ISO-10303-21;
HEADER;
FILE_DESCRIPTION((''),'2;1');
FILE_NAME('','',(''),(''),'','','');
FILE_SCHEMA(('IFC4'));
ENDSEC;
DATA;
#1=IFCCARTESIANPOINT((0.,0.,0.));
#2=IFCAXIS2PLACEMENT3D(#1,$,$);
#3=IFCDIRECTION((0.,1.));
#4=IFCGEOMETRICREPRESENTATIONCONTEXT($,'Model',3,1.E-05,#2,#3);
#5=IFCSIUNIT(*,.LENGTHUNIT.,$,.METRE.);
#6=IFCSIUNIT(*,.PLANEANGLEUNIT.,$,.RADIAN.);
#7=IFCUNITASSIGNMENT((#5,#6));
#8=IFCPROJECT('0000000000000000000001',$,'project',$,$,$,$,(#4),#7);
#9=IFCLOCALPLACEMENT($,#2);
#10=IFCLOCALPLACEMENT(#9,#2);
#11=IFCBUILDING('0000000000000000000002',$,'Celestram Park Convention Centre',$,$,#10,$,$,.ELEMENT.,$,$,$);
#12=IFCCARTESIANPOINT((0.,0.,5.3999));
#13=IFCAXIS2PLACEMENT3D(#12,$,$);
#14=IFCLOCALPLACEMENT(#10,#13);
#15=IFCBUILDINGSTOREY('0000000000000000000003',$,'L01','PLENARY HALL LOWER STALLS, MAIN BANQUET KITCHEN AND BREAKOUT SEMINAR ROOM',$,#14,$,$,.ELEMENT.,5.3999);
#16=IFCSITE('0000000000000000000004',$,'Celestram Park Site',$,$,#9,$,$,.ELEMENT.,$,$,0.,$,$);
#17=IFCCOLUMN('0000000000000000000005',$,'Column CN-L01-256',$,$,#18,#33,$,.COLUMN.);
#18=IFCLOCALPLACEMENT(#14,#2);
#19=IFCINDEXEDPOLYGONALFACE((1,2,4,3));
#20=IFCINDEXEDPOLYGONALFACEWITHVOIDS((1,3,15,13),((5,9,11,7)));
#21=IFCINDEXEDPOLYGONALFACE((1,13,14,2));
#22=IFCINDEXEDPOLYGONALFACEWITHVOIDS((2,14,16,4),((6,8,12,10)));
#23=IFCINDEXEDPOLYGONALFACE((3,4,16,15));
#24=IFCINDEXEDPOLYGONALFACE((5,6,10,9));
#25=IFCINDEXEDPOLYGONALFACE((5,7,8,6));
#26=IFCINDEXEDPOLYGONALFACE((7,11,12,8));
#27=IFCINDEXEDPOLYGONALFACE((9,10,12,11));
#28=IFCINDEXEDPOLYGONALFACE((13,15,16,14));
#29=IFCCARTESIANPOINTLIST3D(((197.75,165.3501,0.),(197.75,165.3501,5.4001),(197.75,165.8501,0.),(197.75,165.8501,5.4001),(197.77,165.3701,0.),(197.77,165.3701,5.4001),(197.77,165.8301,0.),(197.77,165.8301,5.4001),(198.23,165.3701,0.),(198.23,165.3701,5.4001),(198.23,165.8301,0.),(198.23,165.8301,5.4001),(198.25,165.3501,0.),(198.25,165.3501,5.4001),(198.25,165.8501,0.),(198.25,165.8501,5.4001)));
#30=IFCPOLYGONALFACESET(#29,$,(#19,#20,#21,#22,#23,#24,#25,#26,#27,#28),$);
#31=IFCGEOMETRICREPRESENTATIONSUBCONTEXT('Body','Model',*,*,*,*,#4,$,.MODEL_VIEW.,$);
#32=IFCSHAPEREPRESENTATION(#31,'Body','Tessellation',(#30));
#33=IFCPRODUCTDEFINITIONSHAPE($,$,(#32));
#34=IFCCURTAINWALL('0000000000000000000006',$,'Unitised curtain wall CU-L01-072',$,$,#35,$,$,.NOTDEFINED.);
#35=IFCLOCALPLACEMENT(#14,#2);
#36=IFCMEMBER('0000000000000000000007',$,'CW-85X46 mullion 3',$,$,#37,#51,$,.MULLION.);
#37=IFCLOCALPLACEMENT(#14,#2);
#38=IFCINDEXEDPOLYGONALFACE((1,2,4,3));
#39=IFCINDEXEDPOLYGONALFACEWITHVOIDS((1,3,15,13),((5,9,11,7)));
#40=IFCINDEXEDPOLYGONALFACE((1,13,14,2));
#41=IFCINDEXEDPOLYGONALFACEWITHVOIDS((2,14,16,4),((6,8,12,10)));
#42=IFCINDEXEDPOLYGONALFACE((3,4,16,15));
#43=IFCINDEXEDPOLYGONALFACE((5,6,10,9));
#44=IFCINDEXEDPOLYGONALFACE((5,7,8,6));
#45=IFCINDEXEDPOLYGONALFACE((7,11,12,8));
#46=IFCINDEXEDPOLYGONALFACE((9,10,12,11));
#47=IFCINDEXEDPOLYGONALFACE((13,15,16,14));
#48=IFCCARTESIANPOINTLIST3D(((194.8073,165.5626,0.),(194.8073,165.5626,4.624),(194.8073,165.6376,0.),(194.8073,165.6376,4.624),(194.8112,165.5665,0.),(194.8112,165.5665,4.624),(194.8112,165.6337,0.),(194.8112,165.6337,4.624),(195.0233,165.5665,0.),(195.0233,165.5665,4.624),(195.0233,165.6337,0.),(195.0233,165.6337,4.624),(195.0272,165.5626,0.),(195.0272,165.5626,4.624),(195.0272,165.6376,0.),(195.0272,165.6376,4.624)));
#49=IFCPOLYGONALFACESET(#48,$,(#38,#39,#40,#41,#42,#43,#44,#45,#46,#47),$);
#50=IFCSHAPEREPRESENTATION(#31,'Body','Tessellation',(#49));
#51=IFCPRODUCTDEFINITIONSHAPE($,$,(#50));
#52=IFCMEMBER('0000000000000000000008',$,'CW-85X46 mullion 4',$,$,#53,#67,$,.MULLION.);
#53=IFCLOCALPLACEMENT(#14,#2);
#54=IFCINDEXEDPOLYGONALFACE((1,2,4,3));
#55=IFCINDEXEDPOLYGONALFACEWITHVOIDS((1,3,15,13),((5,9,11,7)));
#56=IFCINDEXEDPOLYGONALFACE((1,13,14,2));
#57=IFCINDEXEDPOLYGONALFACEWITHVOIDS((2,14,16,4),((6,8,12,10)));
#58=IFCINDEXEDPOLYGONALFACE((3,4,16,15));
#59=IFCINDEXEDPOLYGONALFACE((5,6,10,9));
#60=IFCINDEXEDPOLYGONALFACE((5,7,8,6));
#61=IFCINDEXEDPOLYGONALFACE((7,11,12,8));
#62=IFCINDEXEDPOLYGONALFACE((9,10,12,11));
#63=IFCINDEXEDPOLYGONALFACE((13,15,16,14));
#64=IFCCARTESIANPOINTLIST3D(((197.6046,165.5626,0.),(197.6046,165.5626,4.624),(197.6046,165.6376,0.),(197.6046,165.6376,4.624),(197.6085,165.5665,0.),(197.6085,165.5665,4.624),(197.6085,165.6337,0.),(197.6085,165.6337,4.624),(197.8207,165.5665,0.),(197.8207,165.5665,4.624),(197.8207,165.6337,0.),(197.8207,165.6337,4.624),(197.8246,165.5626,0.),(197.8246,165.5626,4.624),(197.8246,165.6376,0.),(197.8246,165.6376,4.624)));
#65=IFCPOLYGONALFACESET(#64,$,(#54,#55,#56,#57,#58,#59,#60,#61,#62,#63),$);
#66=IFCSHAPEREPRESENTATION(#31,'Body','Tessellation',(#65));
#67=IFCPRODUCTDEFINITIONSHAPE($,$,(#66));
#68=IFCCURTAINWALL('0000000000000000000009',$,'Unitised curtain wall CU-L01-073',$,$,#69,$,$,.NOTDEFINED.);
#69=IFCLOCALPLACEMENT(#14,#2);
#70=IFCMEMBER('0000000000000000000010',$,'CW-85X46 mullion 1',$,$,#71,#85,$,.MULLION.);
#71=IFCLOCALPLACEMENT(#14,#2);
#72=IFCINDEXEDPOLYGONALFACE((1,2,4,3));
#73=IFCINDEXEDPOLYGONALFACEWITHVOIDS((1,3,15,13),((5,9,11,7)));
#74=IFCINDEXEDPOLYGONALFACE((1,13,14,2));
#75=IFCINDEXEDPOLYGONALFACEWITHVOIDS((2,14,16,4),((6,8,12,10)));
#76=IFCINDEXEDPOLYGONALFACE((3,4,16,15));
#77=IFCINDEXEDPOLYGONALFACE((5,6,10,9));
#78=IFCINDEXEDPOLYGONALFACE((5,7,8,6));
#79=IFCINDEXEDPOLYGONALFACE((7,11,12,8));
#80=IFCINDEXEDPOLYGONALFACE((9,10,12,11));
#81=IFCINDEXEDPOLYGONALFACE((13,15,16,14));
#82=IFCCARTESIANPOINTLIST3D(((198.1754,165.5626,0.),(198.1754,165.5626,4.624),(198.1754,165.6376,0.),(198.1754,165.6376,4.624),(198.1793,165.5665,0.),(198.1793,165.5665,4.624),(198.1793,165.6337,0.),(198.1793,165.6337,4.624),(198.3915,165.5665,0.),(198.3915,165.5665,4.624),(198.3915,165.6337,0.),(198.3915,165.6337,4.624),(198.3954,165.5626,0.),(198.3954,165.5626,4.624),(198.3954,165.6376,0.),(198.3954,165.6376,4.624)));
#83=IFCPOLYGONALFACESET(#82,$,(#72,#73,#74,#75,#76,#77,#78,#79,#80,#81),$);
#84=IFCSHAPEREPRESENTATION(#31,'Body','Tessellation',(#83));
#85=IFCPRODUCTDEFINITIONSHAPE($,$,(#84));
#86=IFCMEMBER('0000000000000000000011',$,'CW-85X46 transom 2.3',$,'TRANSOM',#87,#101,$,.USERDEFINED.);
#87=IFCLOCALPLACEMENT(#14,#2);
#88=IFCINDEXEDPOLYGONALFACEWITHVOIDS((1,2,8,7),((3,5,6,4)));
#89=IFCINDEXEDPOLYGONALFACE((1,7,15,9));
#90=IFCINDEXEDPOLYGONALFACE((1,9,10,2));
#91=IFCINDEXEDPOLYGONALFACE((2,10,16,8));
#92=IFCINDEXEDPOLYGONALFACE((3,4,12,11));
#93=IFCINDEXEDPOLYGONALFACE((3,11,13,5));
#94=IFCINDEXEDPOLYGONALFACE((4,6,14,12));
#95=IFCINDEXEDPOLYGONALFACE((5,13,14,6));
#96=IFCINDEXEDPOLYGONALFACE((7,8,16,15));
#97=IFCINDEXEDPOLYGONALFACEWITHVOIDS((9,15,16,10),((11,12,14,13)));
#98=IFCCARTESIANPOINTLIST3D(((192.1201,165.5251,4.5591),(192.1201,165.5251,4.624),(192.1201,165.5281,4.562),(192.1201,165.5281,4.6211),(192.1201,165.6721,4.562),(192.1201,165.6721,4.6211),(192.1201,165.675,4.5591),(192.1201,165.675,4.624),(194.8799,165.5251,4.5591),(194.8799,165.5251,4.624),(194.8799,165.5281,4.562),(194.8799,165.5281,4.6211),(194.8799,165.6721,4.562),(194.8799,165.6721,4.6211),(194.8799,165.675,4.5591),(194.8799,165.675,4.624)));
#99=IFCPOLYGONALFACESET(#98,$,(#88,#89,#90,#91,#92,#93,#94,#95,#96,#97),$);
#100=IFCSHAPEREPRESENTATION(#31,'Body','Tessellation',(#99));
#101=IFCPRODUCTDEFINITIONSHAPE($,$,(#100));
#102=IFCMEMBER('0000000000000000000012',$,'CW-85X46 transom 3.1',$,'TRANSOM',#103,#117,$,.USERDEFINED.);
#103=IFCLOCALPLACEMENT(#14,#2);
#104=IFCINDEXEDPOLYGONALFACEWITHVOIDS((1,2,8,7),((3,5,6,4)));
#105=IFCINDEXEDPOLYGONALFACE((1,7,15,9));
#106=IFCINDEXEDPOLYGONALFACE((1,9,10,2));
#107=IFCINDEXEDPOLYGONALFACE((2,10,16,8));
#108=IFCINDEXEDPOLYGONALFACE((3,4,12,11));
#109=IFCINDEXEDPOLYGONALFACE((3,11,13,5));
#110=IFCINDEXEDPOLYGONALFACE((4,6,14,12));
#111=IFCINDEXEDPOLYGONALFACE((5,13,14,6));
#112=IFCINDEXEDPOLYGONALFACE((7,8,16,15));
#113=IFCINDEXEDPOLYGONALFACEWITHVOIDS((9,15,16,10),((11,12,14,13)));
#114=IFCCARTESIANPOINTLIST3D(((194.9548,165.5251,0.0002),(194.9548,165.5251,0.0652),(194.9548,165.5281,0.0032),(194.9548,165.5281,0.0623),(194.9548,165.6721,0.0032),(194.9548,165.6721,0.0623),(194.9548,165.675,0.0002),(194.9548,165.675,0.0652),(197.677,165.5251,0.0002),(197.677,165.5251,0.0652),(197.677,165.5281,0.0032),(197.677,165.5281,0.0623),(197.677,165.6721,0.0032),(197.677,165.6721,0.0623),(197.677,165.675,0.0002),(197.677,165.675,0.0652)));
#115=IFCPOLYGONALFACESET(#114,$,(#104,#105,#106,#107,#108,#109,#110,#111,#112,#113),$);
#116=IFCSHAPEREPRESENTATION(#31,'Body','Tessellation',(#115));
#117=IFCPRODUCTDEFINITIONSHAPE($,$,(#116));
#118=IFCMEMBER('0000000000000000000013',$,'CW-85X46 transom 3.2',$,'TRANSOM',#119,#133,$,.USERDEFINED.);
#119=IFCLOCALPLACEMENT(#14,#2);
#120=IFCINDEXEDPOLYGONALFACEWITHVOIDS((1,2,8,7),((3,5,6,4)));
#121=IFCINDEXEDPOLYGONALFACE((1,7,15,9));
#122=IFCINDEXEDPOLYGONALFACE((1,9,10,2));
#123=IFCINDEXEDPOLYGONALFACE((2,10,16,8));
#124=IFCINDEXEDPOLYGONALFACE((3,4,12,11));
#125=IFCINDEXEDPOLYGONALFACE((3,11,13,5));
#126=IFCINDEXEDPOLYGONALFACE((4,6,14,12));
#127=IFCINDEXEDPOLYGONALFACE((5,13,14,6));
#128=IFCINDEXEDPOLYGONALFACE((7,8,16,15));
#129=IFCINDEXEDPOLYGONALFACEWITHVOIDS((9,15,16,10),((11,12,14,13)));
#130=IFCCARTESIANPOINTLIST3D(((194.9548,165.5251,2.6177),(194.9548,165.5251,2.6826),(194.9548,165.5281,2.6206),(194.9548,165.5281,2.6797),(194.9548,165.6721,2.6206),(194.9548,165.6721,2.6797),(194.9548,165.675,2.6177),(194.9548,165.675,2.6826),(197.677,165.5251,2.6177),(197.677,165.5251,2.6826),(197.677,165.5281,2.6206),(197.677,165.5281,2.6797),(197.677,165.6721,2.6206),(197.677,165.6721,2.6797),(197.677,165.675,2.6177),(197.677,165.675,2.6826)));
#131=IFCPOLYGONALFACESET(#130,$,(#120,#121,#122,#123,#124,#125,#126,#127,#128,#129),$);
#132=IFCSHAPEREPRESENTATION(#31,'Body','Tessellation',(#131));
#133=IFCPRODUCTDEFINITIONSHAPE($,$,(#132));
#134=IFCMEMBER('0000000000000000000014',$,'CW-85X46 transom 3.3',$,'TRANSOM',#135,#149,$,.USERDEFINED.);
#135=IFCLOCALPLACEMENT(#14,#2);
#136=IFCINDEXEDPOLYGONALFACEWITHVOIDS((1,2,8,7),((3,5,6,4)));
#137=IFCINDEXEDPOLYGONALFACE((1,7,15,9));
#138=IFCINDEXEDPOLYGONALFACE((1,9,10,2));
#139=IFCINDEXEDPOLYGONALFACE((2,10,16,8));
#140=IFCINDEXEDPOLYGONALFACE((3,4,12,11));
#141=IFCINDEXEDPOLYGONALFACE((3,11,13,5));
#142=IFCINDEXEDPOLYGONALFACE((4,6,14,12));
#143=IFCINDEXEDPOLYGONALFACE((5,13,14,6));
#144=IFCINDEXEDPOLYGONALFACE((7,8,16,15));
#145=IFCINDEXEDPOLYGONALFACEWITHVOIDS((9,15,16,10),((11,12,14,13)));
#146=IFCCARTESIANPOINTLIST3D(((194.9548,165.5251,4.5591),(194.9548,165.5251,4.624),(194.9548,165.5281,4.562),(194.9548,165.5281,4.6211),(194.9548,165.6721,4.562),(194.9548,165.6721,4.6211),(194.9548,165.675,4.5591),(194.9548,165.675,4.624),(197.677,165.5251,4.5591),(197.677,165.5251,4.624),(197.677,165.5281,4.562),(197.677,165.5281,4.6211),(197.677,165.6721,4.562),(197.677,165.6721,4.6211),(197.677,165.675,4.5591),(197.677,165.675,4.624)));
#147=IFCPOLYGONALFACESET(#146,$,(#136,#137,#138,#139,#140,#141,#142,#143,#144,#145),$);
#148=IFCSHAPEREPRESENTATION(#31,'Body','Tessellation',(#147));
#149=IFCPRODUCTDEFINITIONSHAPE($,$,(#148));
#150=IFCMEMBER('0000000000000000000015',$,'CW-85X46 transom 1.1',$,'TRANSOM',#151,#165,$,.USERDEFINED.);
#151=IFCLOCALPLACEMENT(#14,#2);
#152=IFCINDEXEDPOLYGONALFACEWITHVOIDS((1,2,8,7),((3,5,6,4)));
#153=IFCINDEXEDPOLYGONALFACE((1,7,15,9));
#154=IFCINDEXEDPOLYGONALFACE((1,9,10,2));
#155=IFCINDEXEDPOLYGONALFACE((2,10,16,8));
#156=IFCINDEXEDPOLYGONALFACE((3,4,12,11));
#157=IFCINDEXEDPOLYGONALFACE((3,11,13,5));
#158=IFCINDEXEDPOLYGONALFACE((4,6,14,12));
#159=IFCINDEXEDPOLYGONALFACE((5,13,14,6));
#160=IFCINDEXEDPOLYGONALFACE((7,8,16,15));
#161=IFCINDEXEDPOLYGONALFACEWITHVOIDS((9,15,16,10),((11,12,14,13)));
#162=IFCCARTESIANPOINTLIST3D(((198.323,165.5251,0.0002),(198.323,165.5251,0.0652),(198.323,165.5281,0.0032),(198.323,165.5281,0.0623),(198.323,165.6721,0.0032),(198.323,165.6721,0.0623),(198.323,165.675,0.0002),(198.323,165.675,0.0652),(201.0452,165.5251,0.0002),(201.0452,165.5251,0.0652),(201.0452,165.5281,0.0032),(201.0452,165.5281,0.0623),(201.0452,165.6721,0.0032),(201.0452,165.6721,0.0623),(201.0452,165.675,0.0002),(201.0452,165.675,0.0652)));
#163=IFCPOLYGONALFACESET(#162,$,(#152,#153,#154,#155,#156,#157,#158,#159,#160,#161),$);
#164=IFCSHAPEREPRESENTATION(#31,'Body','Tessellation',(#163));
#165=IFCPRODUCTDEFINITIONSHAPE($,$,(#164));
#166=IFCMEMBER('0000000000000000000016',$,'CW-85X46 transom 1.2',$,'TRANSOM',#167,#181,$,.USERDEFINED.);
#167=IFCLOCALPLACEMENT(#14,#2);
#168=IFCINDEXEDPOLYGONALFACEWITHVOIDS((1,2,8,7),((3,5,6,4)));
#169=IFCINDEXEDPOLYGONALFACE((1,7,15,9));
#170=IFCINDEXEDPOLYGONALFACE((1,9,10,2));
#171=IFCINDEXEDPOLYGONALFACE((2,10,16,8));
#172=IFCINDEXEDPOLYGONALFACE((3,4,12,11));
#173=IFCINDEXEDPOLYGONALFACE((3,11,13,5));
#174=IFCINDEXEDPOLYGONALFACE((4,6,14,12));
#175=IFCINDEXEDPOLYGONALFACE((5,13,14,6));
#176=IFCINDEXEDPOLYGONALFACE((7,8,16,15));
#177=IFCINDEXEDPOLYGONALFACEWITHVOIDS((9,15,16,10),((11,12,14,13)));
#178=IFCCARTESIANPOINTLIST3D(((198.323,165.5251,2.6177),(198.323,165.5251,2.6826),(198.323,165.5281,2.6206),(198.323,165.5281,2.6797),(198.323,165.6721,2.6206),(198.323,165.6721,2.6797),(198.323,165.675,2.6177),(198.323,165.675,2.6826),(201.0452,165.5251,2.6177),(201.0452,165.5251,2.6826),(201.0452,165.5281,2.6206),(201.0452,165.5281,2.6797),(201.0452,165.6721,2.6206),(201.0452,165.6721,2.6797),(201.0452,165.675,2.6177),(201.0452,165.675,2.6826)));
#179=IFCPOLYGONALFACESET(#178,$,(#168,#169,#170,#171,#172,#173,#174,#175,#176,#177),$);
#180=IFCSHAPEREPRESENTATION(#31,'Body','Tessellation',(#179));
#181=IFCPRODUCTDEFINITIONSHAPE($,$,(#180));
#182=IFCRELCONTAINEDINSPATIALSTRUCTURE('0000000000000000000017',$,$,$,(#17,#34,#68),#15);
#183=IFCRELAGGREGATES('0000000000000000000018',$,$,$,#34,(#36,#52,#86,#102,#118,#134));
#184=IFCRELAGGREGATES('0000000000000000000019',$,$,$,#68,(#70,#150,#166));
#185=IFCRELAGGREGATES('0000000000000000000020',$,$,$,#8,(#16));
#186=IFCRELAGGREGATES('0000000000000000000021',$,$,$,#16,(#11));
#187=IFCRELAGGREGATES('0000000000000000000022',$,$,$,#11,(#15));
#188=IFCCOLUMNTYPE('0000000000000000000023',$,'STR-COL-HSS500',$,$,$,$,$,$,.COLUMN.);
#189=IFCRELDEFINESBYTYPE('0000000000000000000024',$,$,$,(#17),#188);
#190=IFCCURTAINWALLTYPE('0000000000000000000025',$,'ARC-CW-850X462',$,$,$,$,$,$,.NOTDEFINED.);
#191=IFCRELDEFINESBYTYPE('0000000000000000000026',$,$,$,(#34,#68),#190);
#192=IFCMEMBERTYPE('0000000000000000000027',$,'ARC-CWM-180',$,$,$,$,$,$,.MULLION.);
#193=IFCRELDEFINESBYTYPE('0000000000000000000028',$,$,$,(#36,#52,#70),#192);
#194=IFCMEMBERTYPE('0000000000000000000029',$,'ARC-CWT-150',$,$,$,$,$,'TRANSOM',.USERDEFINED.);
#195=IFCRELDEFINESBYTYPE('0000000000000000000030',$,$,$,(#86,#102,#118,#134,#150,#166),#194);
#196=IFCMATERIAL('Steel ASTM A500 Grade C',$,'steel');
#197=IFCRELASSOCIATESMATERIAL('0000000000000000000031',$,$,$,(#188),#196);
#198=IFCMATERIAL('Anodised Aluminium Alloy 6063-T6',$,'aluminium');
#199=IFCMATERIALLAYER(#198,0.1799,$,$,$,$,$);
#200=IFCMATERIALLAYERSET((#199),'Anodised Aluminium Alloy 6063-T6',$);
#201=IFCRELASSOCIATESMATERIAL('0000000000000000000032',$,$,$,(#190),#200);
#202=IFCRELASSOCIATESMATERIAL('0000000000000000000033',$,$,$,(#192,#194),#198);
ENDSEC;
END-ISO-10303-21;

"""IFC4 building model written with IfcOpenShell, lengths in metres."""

from ifc_helpers import new_model, si_unit, direction, frame, origin, origin_2d, place, context, subcontext, project, spatial, hollow_rectangle, extrude, material, layer, layer_set, material_profile, profile_set, type_object, element, aggregate, save


model = new_model("IFC4")

# Units and contexts
model_context = context("Model", 3, precision=1e-05, world=origin(), true_north=direction((0.0, 1.0)))
body_context = subcontext(model_context, "Body", "Model", "MODEL_VIEW")
ifc_project = project(units=[si_unit("LENGTHUNIT", "METRE"), si_unit("PLANEANGLEUNIT", "RADIAN")], contexts=[model_context])

# Site, building, storey
site_placement = place(None, origin())
site = spatial("IfcSite", under=ifc_project, at=site_placement, Name="Celestram Park Site", CompositionType="ELEMENT", RefElevation=0.0)
building_placement = place(site_placement, origin())
building = spatial("IfcBuilding", under=site, at=building_placement, Name="Celestram Park Convention Centre", CompositionType="ELEMENT")
storey_placement = place(building_placement, frame((0.0, 0.0, 5.3999)))
storey = spatial("IfcBuildingStorey", under=building, at=storey_placement, Name="L01", Description="PLENARY HALL LOWER STALLS, MAIN BANQUET KITCHEN AND BREAKOUT SEMINAR ROOM", CompositionType="ELEMENT", Elevation=5.3999)

# Column
ifc_material_1 = material(Name="Steel ASTM A500 Grade C", Category="steel")
ifc_material_profile_1 = material_profile(ifc_material_1, hollow_rectangle(XDim=0.5, YDim=0.5, WallThickness=0.02, at=origin_2d()), Name="HSS500X500X20")
ifc_profile_set_1 = profile_set([ifc_material_profile_1], Name="Steel ASTM A500 Grade C")
column_type = type_object("IfcColumnType", Name="STR-COL-HSS500", PredefinedType="COLUMN", material=ifc_profile_set_1)
column_placement = place(storey_placement, frame((198.0, 165.6001, 0.0), z_axis=(0.0, 0.0, 1.0), x_axis=(1.0, 0.0, 0.0)))
element("IfcColumn", 1, at=column_placement, inside=storey, type_object=column_type, Name="Column CN-L01-256", PredefinedType="COLUMN", context=body_context, shape_type="SweptSolid", body=[
    extrude(hollow_rectangle(XDim=0.5, YDim=0.5, WallThickness=0.02, at=origin_2d()), origin(), (0.0, 0.0, 1.0), 5.4001),
])

# Curtain wall, members
ifc_material_2 = material(Name="Anodised Aluminium Alloy 6063-T6", Category="aluminium")
ifc_layer_1 = layer(ifc_material_2, 0.1799)
ifc_layer_set_1 = layer_set([ifc_layer_1], Name="Anodised Aluminium Alloy 6063-T6")
curtain_wall_type = type_object("IfcCurtainWallType", Name="ARC-CW-850X462", PredefinedType="NOTDEFINED", material=ifc_layer_set_1)
curtain_wall_1_placement = place(storey_placement, origin())
curtain_wall_1 = element("IfcCurtainWall", 2, at=curtain_wall_1_placement, inside=storey, type_object=curtain_wall_type, Name="Unitised curtain wall CU-L01-072", PredefinedType="NOTDEFINED")
ifc_material_profile_2 = material_profile(ifc_material_2, hollow_rectangle(XDim=0.075, YDim=0.22, WallThickness=0.0039, at=origin_2d()), Name="ALU75X220X4")
ifc_profile_set_2 = profile_set([ifc_material_profile_2], Name="Anodised Aluminium Alloy 6063-T6")
member_type_1 = type_object("IfcMemberType", Name="ARC-CWM-180", PredefinedType="MULLION", material=ifc_profile_set_2)
member_1_placement = place(storey_placement, frame((194.9172, 165.6001, 0.0), z_axis=(0.0, 0.0, 1.0), x_axis=(0.0, 1.0, 0.0)))
member_1 = element("IfcMember", 3, at=member_1_placement, type_object=member_type_1, Name="CW-85X46 mullion 3", PredefinedType="MULLION", context=body_context, shape_type="SweptSolid", body=[
    extrude(hollow_rectangle(XDim=0.075, YDim=0.22, WallThickness=0.0039, at=origin_2d()), origin(), (0.0, 0.0, 1.0), 4.624),
])
member_2_placement = place(storey_placement, frame((197.7146, 165.6001, 0.0), z_axis=(0.0, 0.0, 1.0), x_axis=(0.0, 1.0, 0.0)))
member_2 = element("IfcMember", 4, at=member_2_placement, type_object=member_type_1, Name="CW-85X46 mullion 4", PredefinedType="MULLION", context=body_context, shape_type="SweptSolid", body=[
    extrude(hollow_rectangle(XDim=0.075, YDim=0.22, WallThickness=0.0039, at=origin_2d()), origin(), (0.0, 0.0, 1.0), 4.624),
])

# Curtain wall, member
curtain_wall_2_placement = place(storey_placement, origin())
curtain_wall_2 = element("IfcCurtainWall", 5, at=curtain_wall_2_placement, inside=storey, type_object=curtain_wall_type, Name="Unitised curtain wall CU-L01-073", PredefinedType="NOTDEFINED")
member_3_placement = place(storey_placement, frame((198.2854, 165.6001, 0.0), z_axis=(0.0, 0.0, 1.0), x_axis=(0.0, 1.0, 0.0)))
member_3 = element("IfcMember", 6, at=member_3_placement, type_object=member_type_1, Name="CW-85X46 mullion 1", PredefinedType="MULLION", context=body_context, shape_type="SweptSolid", body=[
    extrude(hollow_rectangle(XDim=0.075, YDim=0.22, WallThickness=0.0039, at=origin_2d()), origin(), (0.0, 0.0, 1.0), 4.624),
])

# Members
ifc_material_profile_3 = material_profile(ifc_material_2, hollow_rectangle(XDim=0.1499, YDim=0.0649, WallThickness=0.0029, at=origin_2d()), Name="ALU150X65X3")
ifc_profile_set_3 = profile_set([ifc_material_profile_3], Name="Anodised Aluminium Alloy 6063-T6")
member_type_2 = type_object("IfcMemberType", Name="ARC-CWT-150", ElementType="TRANSOM", PredefinedType="USERDEFINED", material=ifc_profile_set_3)
member_4_placement = place(storey_placement, frame((192.1201, 165.6001, 4.5916), z_axis=(1.0, 0.0, 0.0), x_axis=(0.0, 1.0, 0.0)))
member_4 = element("IfcMember", 7, at=member_4_placement, type_object=member_type_2, Name="CW-85X46 transom 2.3", ObjectType="TRANSOM", PredefinedType="USERDEFINED", context=body_context, shape_type="SweptSolid", body=[
    extrude(hollow_rectangle(XDim=0.1499, YDim=0.0649, WallThickness=0.0029, at=origin_2d()), origin(), (0.0, 0.0, 1.0), 2.7598),
])
member_5_placement = place(storey_placement, frame((194.9548, 165.6001, 0.0327), z_axis=(1.0, 0.0, 0.0), x_axis=(0.0, 1.0, 0.0)))
member_5 = element("IfcMember", 8, at=member_5_placement, type_object=member_type_2, Name="CW-85X46 transom 3.1", ObjectType="TRANSOM", PredefinedType="USERDEFINED", context=body_context, shape_type="SweptSolid", body=[
    extrude(hollow_rectangle(XDim=0.1499, YDim=0.0649, WallThickness=0.0029, at=origin_2d()), origin(), (0.0, 0.0, 1.0), 2.7222),
])
member_6_placement = place(storey_placement, frame((194.9548, 165.6001, 2.6501), z_axis=(1.0, 0.0, 0.0), x_axis=(0.0, 1.0, 0.0)))
member_6 = element("IfcMember", 9, at=member_6_placement, type_object=member_type_2, Name="CW-85X46 transom 3.2", ObjectType="TRANSOM", PredefinedType="USERDEFINED", context=body_context, shape_type="SweptSolid", body=[
    extrude(hollow_rectangle(XDim=0.1499, YDim=0.0649, WallThickness=0.0029, at=origin_2d()), origin(), (0.0, 0.0, 1.0), 2.7222),
])
member_7_placement = place(storey_placement, frame((194.9548, 165.6001, 4.5916), z_axis=(1.0, 0.0, 0.0), x_axis=(0.0, 1.0, 0.0)))
member_7 = element("IfcMember", 10, at=member_7_placement, type_object=member_type_2, Name="CW-85X46 transom 3.3", ObjectType="TRANSOM", PredefinedType="USERDEFINED", context=body_context, shape_type="SweptSolid", body=[
    extrude(hollow_rectangle(XDim=0.1499, YDim=0.0649, WallThickness=0.0029, at=origin_2d()), origin(), (0.0, 0.0, 1.0), 2.7222),
])
member_8_placement = place(storey_placement, frame((198.323, 165.6001, 0.0327), z_axis=(1.0, 0.0, 0.0), x_axis=(0.0, 1.0, 0.0)))
member_8 = element("IfcMember", 11, at=member_8_placement, type_object=member_type_2, Name="CW-85X46 transom 1.1", ObjectType="TRANSOM", PredefinedType="USERDEFINED", context=body_context, shape_type="SweptSolid", body=[
    extrude(hollow_rectangle(XDim=0.1499, YDim=0.0649, WallThickness=0.0029, at=origin_2d()), origin(), (0.0, 0.0, 1.0), 2.7222),
])
member_9_placement = place(storey_placement, frame((198.323, 165.6001, 2.6501), z_axis=(1.0, 0.0, 0.0), x_axis=(0.0, 1.0, 0.0)))
member_9 = element("IfcMember", 12, at=member_9_placement, type_object=member_type_2, Name="CW-85X46 transom 1.2", ObjectType="TRANSOM", PredefinedType="USERDEFINED", context=body_context, shape_type="SweptSolid", body=[
    extrude(hollow_rectangle(XDim=0.1499, YDim=0.0649, WallThickness=0.0029, at=origin_2d()), origin(), (0.0, 0.0, 1.0), 2.7222),
])

aggregate(curtain_wall_1, [member_1, member_2, member_4, member_5, member_6, member_7])
aggregate(curtain_wall_2, [member_3, member_8, member_9])

save(model, "model.ifc")
